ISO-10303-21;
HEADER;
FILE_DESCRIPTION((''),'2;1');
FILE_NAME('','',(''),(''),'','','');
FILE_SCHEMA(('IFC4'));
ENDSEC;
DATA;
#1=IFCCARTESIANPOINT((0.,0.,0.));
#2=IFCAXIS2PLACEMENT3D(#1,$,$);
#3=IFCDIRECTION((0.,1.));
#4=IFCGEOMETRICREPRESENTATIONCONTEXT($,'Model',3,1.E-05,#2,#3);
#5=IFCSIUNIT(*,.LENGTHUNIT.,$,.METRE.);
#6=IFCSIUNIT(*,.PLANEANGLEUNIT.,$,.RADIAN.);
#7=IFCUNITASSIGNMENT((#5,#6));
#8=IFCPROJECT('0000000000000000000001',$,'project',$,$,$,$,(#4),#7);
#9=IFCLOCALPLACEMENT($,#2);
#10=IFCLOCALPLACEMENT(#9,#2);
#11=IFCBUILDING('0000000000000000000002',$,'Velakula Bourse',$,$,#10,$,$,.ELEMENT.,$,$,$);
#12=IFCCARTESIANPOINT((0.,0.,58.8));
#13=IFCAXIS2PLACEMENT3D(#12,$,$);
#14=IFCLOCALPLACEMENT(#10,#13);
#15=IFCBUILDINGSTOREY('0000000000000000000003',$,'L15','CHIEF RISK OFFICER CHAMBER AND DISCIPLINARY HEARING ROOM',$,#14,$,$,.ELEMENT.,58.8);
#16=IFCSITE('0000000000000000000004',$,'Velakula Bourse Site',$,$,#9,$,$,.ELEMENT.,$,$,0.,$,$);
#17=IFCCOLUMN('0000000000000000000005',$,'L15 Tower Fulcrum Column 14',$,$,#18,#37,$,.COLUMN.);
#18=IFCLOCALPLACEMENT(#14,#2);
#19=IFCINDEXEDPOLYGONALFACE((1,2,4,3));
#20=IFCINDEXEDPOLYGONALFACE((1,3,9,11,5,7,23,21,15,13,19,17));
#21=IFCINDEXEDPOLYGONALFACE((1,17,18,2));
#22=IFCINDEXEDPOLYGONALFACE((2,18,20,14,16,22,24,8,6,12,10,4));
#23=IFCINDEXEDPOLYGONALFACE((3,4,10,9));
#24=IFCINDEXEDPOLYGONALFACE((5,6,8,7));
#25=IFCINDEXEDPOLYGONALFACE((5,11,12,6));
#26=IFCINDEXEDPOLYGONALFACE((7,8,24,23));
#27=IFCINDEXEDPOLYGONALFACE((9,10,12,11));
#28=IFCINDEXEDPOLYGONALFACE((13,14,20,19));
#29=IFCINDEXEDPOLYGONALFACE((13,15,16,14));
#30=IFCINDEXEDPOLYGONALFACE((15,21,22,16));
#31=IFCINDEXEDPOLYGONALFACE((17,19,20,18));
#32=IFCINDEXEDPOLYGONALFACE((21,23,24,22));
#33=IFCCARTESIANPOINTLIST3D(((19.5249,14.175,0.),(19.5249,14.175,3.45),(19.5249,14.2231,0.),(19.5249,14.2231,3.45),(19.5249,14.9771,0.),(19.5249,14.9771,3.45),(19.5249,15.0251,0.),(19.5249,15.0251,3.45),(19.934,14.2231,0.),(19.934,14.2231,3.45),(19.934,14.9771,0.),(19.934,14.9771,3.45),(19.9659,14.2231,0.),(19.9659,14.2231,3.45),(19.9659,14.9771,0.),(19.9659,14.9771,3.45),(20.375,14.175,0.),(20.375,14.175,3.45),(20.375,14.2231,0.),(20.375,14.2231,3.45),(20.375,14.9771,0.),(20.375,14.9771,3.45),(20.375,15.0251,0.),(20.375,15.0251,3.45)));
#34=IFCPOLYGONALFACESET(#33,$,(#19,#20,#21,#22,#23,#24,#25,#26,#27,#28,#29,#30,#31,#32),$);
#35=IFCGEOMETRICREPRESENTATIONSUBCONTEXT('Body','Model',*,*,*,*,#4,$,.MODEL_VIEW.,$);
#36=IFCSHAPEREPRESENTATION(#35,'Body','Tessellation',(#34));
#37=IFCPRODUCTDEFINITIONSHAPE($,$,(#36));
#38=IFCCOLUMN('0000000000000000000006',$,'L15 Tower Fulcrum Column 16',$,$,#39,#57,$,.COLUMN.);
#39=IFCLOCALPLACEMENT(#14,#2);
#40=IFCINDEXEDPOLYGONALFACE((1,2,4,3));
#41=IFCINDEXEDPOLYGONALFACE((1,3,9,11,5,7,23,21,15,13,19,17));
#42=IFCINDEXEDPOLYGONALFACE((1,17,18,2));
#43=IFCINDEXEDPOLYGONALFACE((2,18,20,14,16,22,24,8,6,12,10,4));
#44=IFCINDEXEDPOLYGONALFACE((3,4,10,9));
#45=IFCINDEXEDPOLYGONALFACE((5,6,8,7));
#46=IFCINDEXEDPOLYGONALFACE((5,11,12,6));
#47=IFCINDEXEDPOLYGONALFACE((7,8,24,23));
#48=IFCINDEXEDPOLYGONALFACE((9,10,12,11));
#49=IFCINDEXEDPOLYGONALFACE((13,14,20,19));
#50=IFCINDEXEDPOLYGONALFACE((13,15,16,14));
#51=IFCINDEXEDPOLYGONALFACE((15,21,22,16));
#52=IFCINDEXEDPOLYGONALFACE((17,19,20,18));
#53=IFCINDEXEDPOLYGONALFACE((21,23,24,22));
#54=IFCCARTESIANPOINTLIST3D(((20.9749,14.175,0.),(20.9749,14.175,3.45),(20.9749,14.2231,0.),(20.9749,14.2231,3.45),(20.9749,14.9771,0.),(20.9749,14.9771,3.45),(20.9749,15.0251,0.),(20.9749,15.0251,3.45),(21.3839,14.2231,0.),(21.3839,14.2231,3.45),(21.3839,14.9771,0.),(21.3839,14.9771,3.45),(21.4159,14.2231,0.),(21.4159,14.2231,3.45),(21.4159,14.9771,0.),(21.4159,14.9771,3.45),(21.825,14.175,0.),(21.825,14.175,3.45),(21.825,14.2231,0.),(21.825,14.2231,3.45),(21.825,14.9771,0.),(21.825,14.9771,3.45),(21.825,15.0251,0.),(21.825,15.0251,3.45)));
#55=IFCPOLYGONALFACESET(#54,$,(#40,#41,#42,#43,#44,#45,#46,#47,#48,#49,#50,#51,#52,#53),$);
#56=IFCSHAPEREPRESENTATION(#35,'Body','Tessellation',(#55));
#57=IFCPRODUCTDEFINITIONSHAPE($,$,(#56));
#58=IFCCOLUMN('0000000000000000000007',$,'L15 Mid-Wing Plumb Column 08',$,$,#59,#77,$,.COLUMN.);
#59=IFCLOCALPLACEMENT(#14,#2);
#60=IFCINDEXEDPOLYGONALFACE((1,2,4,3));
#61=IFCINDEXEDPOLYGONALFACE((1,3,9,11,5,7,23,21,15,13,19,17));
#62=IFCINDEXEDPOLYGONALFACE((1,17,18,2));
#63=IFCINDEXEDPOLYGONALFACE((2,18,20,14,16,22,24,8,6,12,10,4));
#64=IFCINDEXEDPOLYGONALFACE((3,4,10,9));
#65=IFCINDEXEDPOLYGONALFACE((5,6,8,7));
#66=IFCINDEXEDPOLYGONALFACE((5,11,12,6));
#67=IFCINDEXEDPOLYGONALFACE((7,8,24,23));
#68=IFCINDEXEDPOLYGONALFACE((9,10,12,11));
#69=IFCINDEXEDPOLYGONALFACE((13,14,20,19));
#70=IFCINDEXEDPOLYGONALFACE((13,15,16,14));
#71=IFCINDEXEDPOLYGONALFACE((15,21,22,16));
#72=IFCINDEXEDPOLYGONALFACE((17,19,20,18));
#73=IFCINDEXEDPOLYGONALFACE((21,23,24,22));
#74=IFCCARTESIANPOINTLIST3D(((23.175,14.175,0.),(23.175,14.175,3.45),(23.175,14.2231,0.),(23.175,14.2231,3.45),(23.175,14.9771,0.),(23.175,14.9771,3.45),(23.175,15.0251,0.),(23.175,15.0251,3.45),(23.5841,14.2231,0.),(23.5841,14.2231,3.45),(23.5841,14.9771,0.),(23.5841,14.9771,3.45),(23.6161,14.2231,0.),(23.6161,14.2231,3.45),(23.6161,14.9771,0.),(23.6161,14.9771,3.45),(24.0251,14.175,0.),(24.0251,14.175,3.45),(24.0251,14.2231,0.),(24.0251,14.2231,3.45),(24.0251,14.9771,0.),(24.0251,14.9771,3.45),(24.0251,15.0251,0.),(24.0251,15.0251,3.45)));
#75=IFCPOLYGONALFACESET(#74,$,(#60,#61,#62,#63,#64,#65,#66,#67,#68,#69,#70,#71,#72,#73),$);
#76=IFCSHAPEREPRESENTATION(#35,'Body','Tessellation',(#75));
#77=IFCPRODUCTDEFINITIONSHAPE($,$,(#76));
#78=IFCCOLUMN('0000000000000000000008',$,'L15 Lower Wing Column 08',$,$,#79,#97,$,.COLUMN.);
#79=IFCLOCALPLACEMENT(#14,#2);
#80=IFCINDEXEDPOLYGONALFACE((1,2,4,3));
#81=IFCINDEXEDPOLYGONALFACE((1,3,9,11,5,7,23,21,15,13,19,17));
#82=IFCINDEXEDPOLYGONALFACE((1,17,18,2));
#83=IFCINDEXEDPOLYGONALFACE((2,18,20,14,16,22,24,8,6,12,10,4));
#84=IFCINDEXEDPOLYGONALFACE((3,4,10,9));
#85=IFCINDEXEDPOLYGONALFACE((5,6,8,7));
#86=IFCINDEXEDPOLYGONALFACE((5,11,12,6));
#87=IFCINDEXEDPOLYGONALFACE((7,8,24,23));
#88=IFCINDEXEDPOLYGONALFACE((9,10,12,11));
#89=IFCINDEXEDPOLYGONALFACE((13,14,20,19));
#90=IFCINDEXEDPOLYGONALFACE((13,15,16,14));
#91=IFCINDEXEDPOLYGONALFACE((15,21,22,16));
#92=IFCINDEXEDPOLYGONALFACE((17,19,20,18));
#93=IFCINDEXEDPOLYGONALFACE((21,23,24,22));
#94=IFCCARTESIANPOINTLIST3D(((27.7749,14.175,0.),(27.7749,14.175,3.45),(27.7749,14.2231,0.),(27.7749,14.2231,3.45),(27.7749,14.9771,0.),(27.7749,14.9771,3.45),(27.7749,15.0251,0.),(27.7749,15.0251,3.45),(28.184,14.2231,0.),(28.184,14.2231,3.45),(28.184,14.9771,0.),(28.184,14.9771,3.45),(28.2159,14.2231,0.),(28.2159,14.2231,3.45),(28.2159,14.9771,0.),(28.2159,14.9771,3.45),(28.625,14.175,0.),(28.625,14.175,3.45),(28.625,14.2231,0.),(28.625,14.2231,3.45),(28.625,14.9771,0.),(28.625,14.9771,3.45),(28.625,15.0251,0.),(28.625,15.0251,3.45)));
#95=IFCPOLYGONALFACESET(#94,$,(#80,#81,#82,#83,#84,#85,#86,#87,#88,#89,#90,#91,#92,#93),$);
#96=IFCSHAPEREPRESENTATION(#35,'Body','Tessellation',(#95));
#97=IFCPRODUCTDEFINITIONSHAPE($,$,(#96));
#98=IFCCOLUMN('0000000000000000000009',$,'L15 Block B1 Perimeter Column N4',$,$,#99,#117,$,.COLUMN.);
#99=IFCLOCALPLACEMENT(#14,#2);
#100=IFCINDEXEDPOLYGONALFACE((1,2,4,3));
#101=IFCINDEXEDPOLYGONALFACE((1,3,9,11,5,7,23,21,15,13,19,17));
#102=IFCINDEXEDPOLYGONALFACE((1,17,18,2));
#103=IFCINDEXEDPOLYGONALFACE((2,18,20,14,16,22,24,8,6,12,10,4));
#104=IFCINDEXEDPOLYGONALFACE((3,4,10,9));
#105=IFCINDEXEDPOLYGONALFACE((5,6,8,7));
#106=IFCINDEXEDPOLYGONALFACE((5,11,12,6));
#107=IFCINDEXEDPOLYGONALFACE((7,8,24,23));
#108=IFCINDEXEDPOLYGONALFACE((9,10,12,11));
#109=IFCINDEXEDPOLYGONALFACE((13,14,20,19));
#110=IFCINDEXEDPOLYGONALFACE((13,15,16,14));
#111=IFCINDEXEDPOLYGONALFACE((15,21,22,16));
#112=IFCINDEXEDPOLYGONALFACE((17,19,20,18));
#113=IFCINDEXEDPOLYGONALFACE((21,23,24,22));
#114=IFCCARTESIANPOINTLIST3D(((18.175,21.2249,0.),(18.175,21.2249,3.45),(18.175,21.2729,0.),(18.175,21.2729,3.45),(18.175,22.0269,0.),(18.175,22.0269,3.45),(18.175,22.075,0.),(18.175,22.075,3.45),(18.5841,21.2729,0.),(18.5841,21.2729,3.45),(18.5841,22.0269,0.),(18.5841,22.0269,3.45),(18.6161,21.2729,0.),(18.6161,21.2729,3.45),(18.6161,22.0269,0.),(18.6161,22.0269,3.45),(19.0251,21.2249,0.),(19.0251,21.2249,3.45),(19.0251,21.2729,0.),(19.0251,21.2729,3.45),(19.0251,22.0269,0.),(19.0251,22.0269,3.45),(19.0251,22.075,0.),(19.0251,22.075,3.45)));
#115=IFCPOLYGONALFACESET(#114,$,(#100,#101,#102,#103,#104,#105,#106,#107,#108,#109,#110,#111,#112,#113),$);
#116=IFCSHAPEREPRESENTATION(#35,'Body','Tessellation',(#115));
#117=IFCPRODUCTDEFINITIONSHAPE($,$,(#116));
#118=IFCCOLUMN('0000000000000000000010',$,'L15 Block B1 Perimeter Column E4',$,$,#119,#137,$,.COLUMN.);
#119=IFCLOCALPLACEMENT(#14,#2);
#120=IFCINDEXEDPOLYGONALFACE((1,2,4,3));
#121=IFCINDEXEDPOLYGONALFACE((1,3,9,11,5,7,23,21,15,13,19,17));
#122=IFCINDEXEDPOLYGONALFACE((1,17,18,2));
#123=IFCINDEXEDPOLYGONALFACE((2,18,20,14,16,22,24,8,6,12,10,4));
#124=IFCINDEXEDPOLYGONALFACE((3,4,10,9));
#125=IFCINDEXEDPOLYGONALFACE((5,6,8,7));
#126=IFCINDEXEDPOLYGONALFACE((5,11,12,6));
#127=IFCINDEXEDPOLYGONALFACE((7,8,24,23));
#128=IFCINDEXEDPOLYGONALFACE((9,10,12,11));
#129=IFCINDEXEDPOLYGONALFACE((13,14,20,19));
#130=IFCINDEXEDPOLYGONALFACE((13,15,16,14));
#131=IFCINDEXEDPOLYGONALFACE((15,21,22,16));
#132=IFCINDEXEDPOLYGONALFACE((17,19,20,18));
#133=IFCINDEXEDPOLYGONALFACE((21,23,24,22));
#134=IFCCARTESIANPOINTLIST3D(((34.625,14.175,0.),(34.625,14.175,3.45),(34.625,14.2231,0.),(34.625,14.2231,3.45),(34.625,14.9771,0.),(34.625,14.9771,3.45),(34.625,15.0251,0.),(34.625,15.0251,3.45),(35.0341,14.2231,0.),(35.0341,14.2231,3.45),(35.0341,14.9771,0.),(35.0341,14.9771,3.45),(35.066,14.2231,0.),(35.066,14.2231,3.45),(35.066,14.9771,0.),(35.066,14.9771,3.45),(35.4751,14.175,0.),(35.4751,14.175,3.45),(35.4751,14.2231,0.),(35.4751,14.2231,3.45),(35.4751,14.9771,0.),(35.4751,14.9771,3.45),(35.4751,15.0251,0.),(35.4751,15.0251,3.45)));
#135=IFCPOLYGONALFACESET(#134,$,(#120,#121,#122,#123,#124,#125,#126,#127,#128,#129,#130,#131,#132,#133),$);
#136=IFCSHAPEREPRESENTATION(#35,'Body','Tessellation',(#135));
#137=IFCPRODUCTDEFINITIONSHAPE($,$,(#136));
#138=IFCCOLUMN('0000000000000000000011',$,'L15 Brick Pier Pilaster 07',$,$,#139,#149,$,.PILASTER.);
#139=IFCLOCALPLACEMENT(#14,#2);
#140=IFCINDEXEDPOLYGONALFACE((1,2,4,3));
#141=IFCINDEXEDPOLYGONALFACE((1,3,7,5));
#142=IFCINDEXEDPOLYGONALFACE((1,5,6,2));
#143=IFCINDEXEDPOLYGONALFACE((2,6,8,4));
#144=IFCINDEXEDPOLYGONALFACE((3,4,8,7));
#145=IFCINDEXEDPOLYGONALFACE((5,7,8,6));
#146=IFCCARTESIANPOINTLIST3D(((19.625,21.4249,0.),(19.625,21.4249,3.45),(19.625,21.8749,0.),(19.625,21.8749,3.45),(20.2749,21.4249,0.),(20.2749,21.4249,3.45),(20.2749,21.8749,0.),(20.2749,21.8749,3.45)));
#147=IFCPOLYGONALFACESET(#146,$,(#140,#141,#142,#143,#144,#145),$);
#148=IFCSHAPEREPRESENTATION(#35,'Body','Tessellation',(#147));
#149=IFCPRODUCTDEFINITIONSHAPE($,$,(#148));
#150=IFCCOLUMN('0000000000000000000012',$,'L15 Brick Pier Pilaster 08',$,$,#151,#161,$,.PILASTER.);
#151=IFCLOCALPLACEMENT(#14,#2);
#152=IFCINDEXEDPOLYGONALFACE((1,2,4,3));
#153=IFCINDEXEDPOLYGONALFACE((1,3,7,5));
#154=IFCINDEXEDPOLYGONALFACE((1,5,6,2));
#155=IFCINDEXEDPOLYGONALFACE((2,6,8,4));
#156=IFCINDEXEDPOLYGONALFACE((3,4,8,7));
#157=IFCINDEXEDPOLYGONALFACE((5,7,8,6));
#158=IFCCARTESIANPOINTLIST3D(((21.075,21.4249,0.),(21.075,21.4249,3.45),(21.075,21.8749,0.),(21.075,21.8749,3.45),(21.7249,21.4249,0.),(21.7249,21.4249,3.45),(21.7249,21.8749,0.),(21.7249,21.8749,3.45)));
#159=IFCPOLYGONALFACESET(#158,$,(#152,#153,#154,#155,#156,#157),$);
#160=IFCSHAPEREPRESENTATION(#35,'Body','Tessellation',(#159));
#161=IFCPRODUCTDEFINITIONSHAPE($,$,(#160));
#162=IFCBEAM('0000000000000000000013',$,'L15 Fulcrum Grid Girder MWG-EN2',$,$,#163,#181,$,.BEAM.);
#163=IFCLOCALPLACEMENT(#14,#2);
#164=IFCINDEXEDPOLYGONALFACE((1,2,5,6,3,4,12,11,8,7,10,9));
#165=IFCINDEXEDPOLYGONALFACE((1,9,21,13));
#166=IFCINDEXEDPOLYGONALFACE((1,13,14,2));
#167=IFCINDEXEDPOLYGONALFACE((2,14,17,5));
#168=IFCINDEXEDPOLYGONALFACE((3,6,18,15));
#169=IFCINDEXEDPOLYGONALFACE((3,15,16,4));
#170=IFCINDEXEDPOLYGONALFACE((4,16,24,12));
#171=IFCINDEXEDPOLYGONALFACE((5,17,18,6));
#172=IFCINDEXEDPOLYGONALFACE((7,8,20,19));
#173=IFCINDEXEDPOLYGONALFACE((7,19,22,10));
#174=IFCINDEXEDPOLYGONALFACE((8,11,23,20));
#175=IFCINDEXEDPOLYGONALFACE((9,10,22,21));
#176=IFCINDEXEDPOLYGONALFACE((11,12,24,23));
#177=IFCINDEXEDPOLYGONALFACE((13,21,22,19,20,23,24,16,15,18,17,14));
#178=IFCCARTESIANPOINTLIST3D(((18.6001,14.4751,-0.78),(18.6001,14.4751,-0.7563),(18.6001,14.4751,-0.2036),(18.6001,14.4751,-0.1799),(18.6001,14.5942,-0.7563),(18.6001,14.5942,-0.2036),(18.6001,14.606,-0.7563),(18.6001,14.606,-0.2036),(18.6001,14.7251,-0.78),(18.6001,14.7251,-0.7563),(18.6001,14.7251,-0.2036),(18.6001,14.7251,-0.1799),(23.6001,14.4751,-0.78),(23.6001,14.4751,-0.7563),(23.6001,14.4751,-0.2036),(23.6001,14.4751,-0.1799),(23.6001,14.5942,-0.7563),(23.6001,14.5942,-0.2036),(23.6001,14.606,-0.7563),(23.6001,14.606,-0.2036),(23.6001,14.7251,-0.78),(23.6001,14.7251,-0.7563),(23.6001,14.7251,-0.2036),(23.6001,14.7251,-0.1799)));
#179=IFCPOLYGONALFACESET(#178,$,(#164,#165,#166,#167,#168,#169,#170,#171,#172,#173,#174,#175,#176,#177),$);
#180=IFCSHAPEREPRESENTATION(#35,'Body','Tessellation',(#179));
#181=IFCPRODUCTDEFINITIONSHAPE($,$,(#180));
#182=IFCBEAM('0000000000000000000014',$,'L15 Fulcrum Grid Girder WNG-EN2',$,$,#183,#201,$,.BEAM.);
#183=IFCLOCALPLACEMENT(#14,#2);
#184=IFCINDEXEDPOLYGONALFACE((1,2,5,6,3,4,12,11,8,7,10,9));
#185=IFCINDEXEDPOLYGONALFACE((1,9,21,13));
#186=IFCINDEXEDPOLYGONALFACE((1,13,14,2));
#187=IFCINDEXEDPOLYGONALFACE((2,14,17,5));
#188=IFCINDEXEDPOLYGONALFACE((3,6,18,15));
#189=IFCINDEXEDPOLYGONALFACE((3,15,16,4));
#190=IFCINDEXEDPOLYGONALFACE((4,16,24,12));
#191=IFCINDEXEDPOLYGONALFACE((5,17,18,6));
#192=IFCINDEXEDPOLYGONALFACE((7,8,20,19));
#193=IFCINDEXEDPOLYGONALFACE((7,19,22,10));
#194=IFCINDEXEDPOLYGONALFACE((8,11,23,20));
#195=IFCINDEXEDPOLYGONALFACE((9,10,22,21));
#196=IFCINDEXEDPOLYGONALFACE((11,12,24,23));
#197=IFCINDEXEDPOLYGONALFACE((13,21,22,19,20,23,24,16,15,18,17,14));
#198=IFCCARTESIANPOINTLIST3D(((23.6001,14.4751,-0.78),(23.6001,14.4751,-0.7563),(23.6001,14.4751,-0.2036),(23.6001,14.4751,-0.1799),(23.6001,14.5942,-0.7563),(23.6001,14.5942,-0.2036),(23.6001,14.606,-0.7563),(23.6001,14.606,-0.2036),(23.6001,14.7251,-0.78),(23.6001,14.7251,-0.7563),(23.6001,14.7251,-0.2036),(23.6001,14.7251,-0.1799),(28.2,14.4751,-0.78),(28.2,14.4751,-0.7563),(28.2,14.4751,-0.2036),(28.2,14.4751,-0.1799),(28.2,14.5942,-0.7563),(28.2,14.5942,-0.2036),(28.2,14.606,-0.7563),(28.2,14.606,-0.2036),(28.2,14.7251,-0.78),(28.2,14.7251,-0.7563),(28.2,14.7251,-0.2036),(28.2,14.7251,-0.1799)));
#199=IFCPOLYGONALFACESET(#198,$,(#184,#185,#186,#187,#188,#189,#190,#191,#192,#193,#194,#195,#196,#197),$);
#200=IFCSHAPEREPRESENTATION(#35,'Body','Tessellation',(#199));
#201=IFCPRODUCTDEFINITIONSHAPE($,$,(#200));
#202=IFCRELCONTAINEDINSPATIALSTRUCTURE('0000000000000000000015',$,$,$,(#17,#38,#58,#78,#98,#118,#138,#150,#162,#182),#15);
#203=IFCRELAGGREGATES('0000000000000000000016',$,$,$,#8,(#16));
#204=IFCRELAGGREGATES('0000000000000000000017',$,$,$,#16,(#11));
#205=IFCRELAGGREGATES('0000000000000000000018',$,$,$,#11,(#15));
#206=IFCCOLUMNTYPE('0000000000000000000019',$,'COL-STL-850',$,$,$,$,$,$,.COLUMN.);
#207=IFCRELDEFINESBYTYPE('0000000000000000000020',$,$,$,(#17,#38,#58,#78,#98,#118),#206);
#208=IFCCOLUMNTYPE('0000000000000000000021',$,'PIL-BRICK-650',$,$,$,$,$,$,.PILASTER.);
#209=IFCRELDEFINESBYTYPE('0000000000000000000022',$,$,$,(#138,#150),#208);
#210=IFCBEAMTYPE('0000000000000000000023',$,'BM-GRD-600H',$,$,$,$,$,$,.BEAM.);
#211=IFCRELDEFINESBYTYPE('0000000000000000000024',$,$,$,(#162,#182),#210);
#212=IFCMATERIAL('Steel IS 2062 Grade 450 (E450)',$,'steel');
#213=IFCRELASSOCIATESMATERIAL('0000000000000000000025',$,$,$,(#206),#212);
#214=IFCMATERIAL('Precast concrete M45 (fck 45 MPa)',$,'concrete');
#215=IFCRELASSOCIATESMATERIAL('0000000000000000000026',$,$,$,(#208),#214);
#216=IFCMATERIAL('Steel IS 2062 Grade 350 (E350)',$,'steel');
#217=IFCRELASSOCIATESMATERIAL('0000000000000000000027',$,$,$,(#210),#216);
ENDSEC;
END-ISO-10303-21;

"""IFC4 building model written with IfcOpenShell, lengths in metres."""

from ifc_helpers import new_model, si_unit, direction, frame, origin, origin_2d, place, context, subcontext, project, spatial, rectangle, i_section, extrude, material, material_profile, profile_set, type_object, element, save


model = new_model("IFC4")

# Units and contexts
model_context = context("Model", 3, precision=1e-05, world=origin(), true_north=direction((0.0, 1.0)))
body_context = subcontext(model_context, "Body", "Model", "MODEL_VIEW")
ifc_project = project(units=[si_unit("LENGTHUNIT", "METRE"), si_unit("PLANEANGLEUNIT", "RADIAN")], contexts=[model_context])

# Site, building, storey
site_placement = place(None, origin())
site = spatial("IfcSite", under=ifc_project, at=site_placement, Name="Velakula Bourse Site", CompositionType="ELEMENT", RefElevation=0.0)
building_placement = place(site_placement, origin())
building = spatial("IfcBuilding", under=site, at=building_placement, Name="Velakula Bourse", CompositionType="ELEMENT")
storey_placement = place(building_placement, frame((0.0, 0.0, 58.8)))
storey = spatial("IfcBuildingStorey", under=building, at=storey_placement, Name="L15", Description="CHIEF RISK OFFICER CHAMBER AND DISCIPLINARY HEARING ROOM", CompositionType="ELEMENT", Elevation=58.8)

# Columns
ifc_material_1 = material(Name="Steel IS 2062 Grade 450 (E450)", Category="steel")
ifc_material_profile_1 = material_profile(ifc_material_1, i_section(OverallWidth=0.8501, OverallDepth=0.8501, WebThickness=0.032, FlangeThickness=0.0481, at=origin_2d()), Name="Steel IS 2062 Grade 450 (E450)")
ifc_profile_set_1 = profile_set([ifc_material_profile_1], Name="Steel IS 2062 Grade 450 (E450)")
column_type_1 = type_object("IfcColumnType", Name="COL-STL-850", PredefinedType="COLUMN", material=ifc_profile_set_1)
for number, where, z_axis, x_axis, name in (
    (1, (19.95, 14.6001, 0.0), (0.0, 0.0, 1.0), (1.0, 0.0, 0.0), "L15 Tower Fulcrum Column 14"),
    (2, (21.3999, 14.6001, 0.0), (0.0, 0.0, 1.0), (1.0, 0.0, 0.0), "L15 Tower Fulcrum Column 16"),
    (3, (23.6001, 14.6001, 0.0), (0.0, 0.0, 1.0), (1.0, 0.0, 0.0), "L15 Mid-Wing Plumb Column 08"),
    (4, (28.2, 14.6001, 0.0), (0.0, 0.0, 1.0), (1.0, 0.0, 0.0), "L15 Lower Wing Column 08"),
    (5, (18.6001, 21.6499, 0.0), (0.0, 0.0, 1.0), (1.0, 0.0, 0.0), "L15 Block B1 Perimeter Column N4"),
    (6, (35.05, 14.6001, 0.0), (0.0, 0.0, 1.0), (1.0, 0.0, 0.0), "L15 Block B1 Perimeter Column E4"),
):
    element("IfcColumn", number, at=place(storey_placement, frame(where, z_axis=z_axis, x_axis=x_axis)), inside=storey, type_object=column_type_1, Name=name, PredefinedType="COLUMN", context=body_context, shape_type="SweptSolid", body=[
        extrude(i_section(OverallWidth=0.8501, OverallDepth=0.8501, WebThickness=0.032, FlangeThickness=0.0481, at=origin_2d()), origin(), (0.0, 0.0, 1.0), 3.45),
    ])
ifc_material_2 = material(Name="Precast concrete M45 (fck 45 MPa)", Category="concrete")
ifc_material_profile_2 = material_profile(ifc_material_2, rectangle(XDim=0.6499, YDim=0.45, at=origin_2d()), Name="Precast concrete M45 (fck 45 MPa)")
ifc_profile_set_2 = profile_set([ifc_material_profile_2], Name="Precast concrete M45 (fck 45 MPa)")
column_type_2 = type_object("IfcColumnType", Name="PIL-BRICK-650", PredefinedType="PILASTER", material=ifc_profile_set_2)
for number, where, z_axis, x_axis, name in (
    (7, (19.95, 21.6499, 0.0), (0.0, 0.0, 1.0), (1.0, 0.0, 0.0), "L15 Brick Pier Pilaster 07"),
    (8, (21.3999, 21.6499, 0.0), (0.0, 0.0, 1.0), (1.0, 0.0, 0.0), "L15 Brick Pier Pilaster 08"),
):
    element("IfcColumn", number, at=place(storey_placement, frame(where, z_axis=z_axis, x_axis=x_axis)), inside=storey, type_object=column_type_2, Name=name, PredefinedType="PILASTER", context=body_context, shape_type="SweptSolid", body=[
        extrude(rectangle(XDim=0.6499, YDim=0.45, at=origin_2d()), origin(), (0.0, 0.0, 1.0), 3.45),
    ])

# Beams
ifc_material_3 = material(Name="Steel IS 2062 Grade 350 (E350)", Category="steel")
ifc_material_profile_3 = material_profile(ifc_material_3, i_section(OverallWidth=0.25, OverallDepth=0.6001, WebThickness=0.0117, FlangeThickness=0.0237, at=origin_2d()), Name="Steel IS 2062 Grade 350 (E350)")
ifc_profile_set_3 = profile_set([ifc_material_profile_3], Name="Steel IS 2062 Grade 350 (E350)")
beam_type_1 = type_object("IfcBeamType", Name="BM-GRD-600H", PredefinedType="BEAM", material=ifc_profile_set_3)
beam_1_placement = place(storey_placement, frame((18.6001, 14.6001, -0.48), z_axis=(1.0, 0.0, 0.0), x_axis=(0.0, 1.0, 0.0)))
element("IfcBeam", 9, at=beam_1_placement, inside=storey, type_object=beam_type_1, Name="L15 Fulcrum Grid Girder MWG-EN2", PredefinedType="BEAM", context=body_context, shape_type="SweptSolid", body=[
    extrude(i_section(OverallWidth=0.25, OverallDepth=0.6001, WebThickness=0.0117, FlangeThickness=0.0237, at=origin_2d()), origin(), (0.0, 0.0, 1.0), 5.0),
])
beam_2_placement = place(storey_placement, frame((23.6001, 14.6001, -0.48), z_axis=(1.0, 0.0, 0.0), x_axis=(0.0, 1.0, 0.0)))
element("IfcBeam", 10, at=beam_2_placement, inside=storey, type_object=beam_type_1, Name="L15 Fulcrum Grid Girder WNG-EN2", PredefinedType="BEAM", context=body_context, shape_type="SweptSolid", body=[
    extrude(i_section(OverallWidth=0.25, OverallDepth=0.6001, WebThickness=0.0117, FlangeThickness=0.0237, at=origin_2d()), origin(), (0.0, 0.0, 1.0), 4.5999),
])

save(model, "model.ifc")
